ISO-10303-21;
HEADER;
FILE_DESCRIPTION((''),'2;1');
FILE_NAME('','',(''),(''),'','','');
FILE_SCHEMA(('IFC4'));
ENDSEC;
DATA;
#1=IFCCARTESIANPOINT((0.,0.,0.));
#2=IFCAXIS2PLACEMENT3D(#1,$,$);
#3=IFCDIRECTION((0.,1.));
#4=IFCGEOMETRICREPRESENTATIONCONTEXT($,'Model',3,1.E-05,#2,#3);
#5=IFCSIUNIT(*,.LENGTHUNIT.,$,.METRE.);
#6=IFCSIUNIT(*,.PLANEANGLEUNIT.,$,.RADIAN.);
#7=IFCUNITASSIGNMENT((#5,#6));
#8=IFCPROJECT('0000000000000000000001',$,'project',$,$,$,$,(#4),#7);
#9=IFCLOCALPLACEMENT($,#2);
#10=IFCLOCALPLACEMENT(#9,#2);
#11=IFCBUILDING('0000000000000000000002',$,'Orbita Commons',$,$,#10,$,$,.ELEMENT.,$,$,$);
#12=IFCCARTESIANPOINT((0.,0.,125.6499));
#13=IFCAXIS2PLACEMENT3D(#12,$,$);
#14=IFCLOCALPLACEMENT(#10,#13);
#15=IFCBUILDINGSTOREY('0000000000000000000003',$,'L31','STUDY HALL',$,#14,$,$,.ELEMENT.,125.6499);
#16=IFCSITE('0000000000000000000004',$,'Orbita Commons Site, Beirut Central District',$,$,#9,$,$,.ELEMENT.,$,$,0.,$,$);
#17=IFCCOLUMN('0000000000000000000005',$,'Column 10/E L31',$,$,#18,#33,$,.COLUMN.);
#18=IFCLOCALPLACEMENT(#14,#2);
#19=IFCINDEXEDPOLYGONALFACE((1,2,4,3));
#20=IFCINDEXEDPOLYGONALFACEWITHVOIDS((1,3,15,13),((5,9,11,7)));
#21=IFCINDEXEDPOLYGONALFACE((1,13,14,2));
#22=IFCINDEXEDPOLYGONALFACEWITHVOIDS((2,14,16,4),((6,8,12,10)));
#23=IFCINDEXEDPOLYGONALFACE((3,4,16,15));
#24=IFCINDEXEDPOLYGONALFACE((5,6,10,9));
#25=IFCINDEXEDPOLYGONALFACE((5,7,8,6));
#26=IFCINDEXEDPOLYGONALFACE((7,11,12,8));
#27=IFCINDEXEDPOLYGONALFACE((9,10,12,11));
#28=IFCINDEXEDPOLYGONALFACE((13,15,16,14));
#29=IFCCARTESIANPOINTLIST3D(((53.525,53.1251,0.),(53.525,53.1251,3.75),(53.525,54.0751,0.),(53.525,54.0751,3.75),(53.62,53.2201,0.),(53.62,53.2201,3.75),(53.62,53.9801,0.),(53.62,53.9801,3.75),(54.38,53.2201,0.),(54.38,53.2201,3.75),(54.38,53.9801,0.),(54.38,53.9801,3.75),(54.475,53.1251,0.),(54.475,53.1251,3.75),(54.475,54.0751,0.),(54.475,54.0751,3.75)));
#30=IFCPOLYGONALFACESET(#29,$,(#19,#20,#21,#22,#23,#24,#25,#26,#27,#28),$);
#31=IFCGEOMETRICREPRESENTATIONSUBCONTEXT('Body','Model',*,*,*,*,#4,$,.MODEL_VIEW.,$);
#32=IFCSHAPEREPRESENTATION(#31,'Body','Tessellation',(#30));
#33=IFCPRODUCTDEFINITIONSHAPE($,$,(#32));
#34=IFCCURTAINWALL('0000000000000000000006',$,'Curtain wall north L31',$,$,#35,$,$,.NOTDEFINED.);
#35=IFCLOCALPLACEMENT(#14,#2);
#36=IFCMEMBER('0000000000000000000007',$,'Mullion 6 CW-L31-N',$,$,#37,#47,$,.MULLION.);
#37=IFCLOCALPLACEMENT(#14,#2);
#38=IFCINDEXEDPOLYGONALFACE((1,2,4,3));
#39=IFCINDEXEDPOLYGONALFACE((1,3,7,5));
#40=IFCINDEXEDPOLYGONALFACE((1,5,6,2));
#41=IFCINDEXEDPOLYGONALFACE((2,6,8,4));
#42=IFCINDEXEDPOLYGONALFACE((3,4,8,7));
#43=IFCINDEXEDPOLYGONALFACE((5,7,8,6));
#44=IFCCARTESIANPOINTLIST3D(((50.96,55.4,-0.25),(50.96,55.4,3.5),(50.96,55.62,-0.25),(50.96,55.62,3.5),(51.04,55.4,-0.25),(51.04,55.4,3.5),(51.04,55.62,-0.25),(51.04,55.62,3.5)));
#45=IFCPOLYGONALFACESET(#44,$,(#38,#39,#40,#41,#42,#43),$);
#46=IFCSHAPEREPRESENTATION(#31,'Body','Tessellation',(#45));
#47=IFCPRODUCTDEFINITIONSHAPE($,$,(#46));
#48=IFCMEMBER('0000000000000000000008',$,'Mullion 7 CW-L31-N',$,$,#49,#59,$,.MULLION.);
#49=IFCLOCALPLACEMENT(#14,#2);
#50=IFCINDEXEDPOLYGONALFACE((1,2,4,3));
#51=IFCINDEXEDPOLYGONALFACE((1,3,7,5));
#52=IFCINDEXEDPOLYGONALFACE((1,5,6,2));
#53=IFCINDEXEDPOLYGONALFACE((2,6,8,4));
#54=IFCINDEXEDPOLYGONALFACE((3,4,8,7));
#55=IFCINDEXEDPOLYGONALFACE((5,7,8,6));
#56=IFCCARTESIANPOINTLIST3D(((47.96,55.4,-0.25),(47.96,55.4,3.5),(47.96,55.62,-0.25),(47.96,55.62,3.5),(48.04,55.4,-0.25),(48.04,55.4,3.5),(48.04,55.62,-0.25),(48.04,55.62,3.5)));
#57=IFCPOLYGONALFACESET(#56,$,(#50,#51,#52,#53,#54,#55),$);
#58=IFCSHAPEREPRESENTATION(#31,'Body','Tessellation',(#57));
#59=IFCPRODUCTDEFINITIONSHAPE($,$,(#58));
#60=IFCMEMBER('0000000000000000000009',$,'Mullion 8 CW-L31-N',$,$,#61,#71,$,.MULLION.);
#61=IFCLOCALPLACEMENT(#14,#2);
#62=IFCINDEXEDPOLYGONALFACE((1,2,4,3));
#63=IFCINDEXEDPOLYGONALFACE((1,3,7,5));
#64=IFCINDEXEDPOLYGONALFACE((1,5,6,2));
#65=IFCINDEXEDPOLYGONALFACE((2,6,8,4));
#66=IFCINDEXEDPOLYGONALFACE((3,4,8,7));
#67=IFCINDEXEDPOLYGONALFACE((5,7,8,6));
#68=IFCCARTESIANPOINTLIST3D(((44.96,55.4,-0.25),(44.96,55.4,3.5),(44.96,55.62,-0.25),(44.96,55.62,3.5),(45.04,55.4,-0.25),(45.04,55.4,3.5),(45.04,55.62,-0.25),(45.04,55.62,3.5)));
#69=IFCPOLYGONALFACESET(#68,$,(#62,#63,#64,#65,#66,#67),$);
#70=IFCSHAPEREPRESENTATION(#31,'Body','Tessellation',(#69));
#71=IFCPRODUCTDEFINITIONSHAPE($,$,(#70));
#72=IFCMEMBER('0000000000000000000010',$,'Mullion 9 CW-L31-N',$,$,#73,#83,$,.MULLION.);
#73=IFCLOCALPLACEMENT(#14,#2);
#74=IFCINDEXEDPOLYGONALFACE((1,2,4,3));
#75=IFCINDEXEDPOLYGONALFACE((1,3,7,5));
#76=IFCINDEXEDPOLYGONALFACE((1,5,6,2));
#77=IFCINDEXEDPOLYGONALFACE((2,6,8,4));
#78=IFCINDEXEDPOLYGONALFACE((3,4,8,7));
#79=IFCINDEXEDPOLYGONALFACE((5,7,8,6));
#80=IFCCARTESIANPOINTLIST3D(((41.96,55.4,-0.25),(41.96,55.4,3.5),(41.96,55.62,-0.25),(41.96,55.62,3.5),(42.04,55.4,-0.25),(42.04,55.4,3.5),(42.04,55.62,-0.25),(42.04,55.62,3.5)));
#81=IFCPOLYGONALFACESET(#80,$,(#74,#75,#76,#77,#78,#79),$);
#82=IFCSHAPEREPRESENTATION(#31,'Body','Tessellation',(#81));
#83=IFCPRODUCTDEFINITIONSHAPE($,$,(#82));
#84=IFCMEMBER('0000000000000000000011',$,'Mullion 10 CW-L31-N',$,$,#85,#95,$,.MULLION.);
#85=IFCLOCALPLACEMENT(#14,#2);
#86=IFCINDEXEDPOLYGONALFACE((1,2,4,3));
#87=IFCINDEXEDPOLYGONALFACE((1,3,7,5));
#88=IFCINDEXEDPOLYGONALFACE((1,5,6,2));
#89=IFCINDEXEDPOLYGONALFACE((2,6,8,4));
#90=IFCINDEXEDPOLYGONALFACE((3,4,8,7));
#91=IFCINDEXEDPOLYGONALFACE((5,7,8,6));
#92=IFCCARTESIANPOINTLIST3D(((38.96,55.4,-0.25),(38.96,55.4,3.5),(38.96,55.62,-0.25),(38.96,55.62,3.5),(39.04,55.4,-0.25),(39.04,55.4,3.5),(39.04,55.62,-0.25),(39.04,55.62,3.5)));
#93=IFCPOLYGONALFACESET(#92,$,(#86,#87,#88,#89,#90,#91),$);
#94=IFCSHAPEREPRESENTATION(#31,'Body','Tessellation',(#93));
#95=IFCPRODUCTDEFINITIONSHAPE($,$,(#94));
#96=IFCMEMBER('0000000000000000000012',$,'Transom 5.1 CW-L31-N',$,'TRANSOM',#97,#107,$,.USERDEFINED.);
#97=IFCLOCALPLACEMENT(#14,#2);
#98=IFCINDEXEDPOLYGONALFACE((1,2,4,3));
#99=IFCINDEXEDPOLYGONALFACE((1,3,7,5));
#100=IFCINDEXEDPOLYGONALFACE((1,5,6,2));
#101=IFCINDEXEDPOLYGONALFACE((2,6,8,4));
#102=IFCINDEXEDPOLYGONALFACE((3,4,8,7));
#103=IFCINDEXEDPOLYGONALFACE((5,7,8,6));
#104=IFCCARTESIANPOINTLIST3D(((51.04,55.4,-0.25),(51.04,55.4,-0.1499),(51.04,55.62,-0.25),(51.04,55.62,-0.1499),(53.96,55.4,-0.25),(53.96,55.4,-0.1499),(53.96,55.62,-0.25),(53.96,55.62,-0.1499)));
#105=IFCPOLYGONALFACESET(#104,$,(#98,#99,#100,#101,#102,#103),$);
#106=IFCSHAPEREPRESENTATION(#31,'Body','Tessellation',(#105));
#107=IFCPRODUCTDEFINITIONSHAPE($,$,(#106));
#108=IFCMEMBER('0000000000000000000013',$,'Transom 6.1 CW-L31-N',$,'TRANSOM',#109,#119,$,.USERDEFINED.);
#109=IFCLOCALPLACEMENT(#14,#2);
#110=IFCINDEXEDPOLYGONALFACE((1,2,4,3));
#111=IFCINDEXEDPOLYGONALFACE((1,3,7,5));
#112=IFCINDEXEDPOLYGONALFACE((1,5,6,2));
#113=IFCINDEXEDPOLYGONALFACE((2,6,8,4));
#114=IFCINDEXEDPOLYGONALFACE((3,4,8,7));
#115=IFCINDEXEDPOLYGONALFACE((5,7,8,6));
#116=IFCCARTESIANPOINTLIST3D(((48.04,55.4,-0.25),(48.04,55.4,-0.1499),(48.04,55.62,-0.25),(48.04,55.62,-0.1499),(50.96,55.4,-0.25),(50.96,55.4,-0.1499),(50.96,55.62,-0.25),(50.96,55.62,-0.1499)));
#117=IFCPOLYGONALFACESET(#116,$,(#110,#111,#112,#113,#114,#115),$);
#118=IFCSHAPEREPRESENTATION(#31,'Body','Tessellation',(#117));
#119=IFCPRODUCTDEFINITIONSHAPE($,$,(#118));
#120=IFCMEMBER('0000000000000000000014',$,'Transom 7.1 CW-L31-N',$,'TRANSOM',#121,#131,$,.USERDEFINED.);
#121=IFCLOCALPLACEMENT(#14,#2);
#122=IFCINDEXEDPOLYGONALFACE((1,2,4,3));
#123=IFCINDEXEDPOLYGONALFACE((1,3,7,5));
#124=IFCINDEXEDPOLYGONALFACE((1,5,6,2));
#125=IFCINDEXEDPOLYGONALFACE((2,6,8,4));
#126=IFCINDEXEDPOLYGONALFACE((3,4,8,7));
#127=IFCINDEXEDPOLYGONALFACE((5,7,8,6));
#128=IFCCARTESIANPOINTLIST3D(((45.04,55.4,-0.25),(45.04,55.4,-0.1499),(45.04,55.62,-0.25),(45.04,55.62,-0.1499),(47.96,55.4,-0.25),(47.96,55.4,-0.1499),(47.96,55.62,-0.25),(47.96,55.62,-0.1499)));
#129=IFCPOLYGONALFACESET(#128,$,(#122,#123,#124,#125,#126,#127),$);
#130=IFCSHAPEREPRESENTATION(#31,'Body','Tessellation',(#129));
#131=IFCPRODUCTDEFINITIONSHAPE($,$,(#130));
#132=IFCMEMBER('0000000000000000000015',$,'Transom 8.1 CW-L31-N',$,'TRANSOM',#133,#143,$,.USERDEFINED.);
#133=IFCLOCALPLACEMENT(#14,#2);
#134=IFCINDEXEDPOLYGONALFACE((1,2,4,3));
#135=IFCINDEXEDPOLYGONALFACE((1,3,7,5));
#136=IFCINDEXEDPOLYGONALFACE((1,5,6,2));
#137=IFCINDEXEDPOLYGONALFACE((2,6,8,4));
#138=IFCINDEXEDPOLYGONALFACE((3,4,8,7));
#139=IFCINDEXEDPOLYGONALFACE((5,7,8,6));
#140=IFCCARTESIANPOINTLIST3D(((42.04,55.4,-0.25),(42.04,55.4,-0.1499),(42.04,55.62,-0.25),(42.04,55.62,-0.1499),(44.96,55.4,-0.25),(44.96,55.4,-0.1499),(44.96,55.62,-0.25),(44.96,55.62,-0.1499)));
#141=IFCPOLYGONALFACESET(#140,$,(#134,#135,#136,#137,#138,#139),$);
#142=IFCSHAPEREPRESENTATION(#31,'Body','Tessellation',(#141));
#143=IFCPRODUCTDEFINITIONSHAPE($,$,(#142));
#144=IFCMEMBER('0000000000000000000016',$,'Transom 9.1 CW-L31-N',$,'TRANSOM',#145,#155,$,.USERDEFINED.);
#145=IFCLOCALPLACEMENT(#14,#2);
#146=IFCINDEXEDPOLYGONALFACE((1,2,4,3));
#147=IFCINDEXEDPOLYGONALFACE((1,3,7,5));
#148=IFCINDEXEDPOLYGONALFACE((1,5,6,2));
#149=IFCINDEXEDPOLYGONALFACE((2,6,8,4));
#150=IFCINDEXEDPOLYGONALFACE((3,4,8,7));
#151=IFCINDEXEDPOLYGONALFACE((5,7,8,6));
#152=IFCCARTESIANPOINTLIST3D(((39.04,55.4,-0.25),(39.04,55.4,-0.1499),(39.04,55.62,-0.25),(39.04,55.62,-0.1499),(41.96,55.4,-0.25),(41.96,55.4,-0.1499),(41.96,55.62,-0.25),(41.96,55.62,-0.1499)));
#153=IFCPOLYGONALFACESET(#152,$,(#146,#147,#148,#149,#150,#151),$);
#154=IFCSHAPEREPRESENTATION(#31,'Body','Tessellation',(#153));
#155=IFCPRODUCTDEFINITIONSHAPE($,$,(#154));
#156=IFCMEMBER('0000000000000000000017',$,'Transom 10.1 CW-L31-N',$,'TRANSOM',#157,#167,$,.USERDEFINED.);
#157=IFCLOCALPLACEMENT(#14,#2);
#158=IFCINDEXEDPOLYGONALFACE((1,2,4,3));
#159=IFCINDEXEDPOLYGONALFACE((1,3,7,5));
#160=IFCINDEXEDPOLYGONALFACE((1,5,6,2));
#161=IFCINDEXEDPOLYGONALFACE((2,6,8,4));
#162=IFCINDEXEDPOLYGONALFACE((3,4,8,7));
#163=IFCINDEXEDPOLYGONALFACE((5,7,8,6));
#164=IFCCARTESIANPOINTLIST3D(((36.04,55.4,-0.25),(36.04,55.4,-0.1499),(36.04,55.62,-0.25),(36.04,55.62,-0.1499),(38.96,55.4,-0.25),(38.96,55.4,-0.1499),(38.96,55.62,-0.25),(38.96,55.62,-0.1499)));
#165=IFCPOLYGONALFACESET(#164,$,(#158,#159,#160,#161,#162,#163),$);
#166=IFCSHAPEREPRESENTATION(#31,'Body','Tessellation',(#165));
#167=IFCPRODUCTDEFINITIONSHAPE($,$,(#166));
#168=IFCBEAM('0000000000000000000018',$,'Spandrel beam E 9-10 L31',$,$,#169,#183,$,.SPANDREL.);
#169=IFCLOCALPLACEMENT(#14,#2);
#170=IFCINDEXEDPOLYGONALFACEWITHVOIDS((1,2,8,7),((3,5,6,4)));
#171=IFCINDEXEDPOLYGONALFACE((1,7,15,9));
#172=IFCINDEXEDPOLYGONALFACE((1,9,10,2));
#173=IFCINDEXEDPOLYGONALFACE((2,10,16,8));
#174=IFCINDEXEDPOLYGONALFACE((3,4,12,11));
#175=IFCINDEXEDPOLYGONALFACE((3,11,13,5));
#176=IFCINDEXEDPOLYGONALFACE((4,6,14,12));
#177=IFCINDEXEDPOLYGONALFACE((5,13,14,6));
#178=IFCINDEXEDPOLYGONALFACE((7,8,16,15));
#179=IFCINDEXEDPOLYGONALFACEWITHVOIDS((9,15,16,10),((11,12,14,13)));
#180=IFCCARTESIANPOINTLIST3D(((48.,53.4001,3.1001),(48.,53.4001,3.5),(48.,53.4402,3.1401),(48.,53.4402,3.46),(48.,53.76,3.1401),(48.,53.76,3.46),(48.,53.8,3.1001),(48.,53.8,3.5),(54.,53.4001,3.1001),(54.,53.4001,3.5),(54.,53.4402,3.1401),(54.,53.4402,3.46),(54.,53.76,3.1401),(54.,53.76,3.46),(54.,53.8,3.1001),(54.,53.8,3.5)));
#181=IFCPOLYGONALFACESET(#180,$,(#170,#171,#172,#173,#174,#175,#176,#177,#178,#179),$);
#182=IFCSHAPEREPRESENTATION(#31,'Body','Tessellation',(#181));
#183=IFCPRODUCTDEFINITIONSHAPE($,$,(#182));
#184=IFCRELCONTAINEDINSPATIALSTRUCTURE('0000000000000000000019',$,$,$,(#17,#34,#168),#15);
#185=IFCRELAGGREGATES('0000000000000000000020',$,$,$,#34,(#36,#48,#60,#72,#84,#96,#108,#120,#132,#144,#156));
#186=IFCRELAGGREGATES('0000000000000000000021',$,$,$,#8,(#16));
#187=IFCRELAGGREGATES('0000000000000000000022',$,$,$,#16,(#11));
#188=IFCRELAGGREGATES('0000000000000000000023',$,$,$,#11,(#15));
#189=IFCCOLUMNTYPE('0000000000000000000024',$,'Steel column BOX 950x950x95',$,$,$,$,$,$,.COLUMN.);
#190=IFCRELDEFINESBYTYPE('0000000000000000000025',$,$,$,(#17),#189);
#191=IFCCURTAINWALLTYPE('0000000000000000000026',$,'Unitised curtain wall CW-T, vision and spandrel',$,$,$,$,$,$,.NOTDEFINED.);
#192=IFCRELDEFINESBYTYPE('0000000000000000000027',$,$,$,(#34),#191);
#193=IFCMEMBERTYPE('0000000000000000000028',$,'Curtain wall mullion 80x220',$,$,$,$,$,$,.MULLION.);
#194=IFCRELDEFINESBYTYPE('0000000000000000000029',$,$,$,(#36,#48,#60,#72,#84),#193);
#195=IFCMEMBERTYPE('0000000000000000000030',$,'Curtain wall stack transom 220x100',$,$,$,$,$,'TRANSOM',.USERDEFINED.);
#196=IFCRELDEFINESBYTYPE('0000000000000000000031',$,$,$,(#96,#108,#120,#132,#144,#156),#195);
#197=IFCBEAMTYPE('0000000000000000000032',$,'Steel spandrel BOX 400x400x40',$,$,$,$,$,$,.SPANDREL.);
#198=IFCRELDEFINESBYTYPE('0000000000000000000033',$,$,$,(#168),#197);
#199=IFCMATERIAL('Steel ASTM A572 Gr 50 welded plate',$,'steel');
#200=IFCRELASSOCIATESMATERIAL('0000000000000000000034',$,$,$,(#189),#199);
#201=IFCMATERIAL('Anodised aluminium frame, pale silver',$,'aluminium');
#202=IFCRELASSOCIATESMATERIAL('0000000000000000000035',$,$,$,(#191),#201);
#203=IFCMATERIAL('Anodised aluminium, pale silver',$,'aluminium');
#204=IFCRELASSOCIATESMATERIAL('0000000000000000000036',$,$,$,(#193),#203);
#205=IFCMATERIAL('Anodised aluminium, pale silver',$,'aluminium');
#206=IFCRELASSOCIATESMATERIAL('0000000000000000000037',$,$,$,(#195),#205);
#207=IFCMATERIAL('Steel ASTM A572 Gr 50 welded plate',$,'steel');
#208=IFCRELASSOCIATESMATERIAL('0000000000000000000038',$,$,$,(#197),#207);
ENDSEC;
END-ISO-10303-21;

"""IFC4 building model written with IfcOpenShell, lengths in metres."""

from ifc_helpers import new_model, si_unit, direction, frame, origin, origin_2d, place, context, subcontext, project, spatial, rectangle, hollow_rectangle, extrude, material, material_profile, profile_set, type_object, element, aggregate, save


model = new_model("IFC4")

# Units and contexts
model_context = context("Model", 3, precision=1e-05, world=origin(), true_north=direction((0.0, 1.0)))
body_context = subcontext(model_context, "Body", "Model", "MODEL_VIEW")
ifc_project = project(units=[si_unit("LENGTHUNIT", "METRE"), si_unit("PLANEANGLEUNIT", "RADIAN")], contexts=[model_context])

# Site, building, storey
site_placement = place(None, origin())
site = spatial("IfcSite", under=ifc_project, at=site_placement, Name="Orbita Commons Site, Beirut Central District", CompositionType="ELEMENT", RefElevation=0.0)
building_placement = place(site_placement, origin())
building = spatial("IfcBuilding", under=site, at=building_placement, Name="Orbita Commons", CompositionType="ELEMENT")
storey_placement = place(building_placement, frame((0.0, 0.0, 125.6499)))
storey = spatial("IfcBuildingStorey", under=building, at=storey_placement, Name="L31", Description="STUDY HALL", CompositionType="ELEMENT", Elevation=125.6499)

# Column
ifc_material_1 = material(Name="Steel ASTM A572 Gr 50 welded plate", Category="steel")
ifc_material_profile_1 = material_profile(ifc_material_1, hollow_rectangle(XDim=0.95, YDim=0.95, WallThickness=0.095, at=origin_2d()), Name="BOX 950x950x95")
ifc_profile_set_1 = profile_set([ifc_material_profile_1], Name="Steel ASTM A572 Gr 50 welded plate")
column_type = type_object("IfcColumnType", Name="Steel column BOX 950x950x95", PredefinedType="COLUMN", material=ifc_profile_set_1)
column_placement = place(storey_placement, frame((54.0, 53.6001, 0.0), z_axis=(0.0, 0.0, 1.0), x_axis=(1.0, 0.0, 0.0)))
element("IfcColumn", 1, at=column_placement, inside=storey, type_object=column_type, Name="Column 10/E L31", PredefinedType="COLUMN", context=body_context, shape_type="SweptSolid", body=[
    extrude(hollow_rectangle(XDim=0.95, YDim=0.95, WallThickness=0.095, at=origin_2d()), origin(), (0.0, 0.0, 1.0), 3.75),
])

# Curtain wall, members
ifc_material_2 = material(Name="Anodised aluminium frame, pale silver", Category="aluminium")
curtain_wall_type = type_object("IfcCurtainWallType", Name="Unitised curtain wall CW-T, vision and spandrel", PredefinedType="NOTDEFINED", material=ifc_material_2)
curtain_wall_placement = place(storey_placement, origin())
curtain_wall = element("IfcCurtainWall", 2, at=curtain_wall_placement, inside=storey, type_object=curtain_wall_type, Name="Curtain wall north L31", PredefinedType="NOTDEFINED")
ifc_material_3 = material(Name="Anodised aluminium, pale silver", Category="aluminium")
ifc_material_profile_2 = material_profile(ifc_material_3, rectangle(XDim=0.0801, YDim=0.22, at=origin_2d()), Name="AL 80x220")
ifc_profile_set_2 = profile_set([ifc_material_profile_2], Name="Anodised aluminium, pale silver")
member_type_1 = type_object("IfcMemberType", Name="Curtain wall mullion 80x220", PredefinedType="MULLION", material=ifc_profile_set_2)
member_1_placement = place(storey_placement, frame((51.0, 55.51, -0.25), z_axis=(0.0, 0.0, 1.0), x_axis=(-1.0, 0.0, 0.0)))
member_1 = element("IfcMember", 3, at=member_1_placement, type_object=member_type_1, Name="Mullion 6 CW-L31-N", PredefinedType="MULLION", context=body_context, shape_type="SweptSolid", body=[
    extrude(rectangle(XDim=0.0801, YDim=0.22, at=origin_2d()), origin(), (0.0, 0.0, 1.0), 3.75),
])
member_2_placement = place(storey_placement, frame((48.0, 55.51, -0.25), z_axis=(0.0, 0.0, 1.0), x_axis=(-1.0, 0.0, 0.0)))
member_2 = element("IfcMember", 4, at=member_2_placement, type_object=member_type_1, Name="Mullion 7 CW-L31-N", PredefinedType="MULLION", context=body_context, shape_type="SweptSolid", body=[
    extrude(rectangle(XDim=0.0801, YDim=0.22, at=origin_2d()), origin(), (0.0, 0.0, 1.0), 3.75),
])
member_3_placement = place(storey_placement, frame((45.0, 55.51, -0.25), z_axis=(0.0, 0.0, 1.0), x_axis=(-1.0, 0.0, 0.0)))
member_3 = element("IfcMember", 5, at=member_3_placement, type_object=member_type_1, Name="Mullion 8 CW-L31-N", PredefinedType="MULLION", context=body_context, shape_type="SweptSolid", body=[
    extrude(rectangle(XDim=0.0801, YDim=0.22, at=origin_2d()), origin(), (0.0, 0.0, 1.0), 3.75),
])
member_4_placement = place(storey_placement, frame((42.0, 55.51, -0.25), z_axis=(0.0, 0.0, 1.0), x_axis=(-1.0, 0.0, 0.0)))
member_4 = element("IfcMember", 6, at=member_4_placement, type_object=member_type_1, Name="Mullion 9 CW-L31-N", PredefinedType="MULLION", context=body_context, shape_type="SweptSolid", body=[
    extrude(rectangle(XDim=0.0801, YDim=0.22, at=origin_2d()), origin(), (0.0, 0.0, 1.0), 3.75),
])
member_5_placement = place(storey_placement, frame((39.0, 55.51, -0.25), z_axis=(0.0, 0.0, 1.0), x_axis=(-1.0, 0.0, 0.0)))
member_5 = element("IfcMember", 7, at=member_5_placement, type_object=member_type_1, Name="Mullion 10 CW-L31-N", PredefinedType="MULLION", context=body_context, shape_type="SweptSolid", body=[
    extrude(rectangle(XDim=0.0801, YDim=0.22, at=origin_2d()), origin(), (0.0, 0.0, 1.0), 3.75),
])
ifc_material_4 = material(Name="Anodised aluminium, pale silver", Category="aluminium")
ifc_material_profile_3 = material_profile(ifc_material_4, rectangle(XDim=0.22, YDim=0.1001, at=origin_2d()), Name="AL 220x100")
ifc_profile_set_3 = profile_set([ifc_material_profile_3], Name="Anodised aluminium, pale silver")
member_type_2 = type_object("IfcMemberType", Name="Curtain wall stack transom 220x100", ElementType="TRANSOM", PredefinedType="USERDEFINED", material=ifc_profile_set_3)
member_6_placement = place(storey_placement, frame((53.96, 55.51, -0.2), z_axis=(-1.0, 0.0, 0.0), x_axis=(0.0, -1.0, 0.0)))
member_6 = element("IfcMember", 8, at=member_6_placement, type_object=member_type_2, Name="Transom 5.1 CW-L31-N", ObjectType="TRANSOM", PredefinedType="USERDEFINED", context=body_context, shape_type="SweptSolid", body=[
    extrude(rectangle(XDim=0.22, YDim=0.1001, at=origin_2d()), origin(), (0.0, 0.0, 1.0), 2.9199),
])
member_7_placement = place(storey_placement, frame((50.96, 55.51, -0.2), z_axis=(-1.0, 0.0, 0.0), x_axis=(0.0, -1.0, 0.0)))
member_7 = element("IfcMember", 9, at=member_7_placement, type_object=member_type_2, Name="Transom 6.1 CW-L31-N", ObjectType="TRANSOM", PredefinedType="USERDEFINED", context=body_context, shape_type="SweptSolid", body=[
    extrude(rectangle(XDim=0.22, YDim=0.1001, at=origin_2d()), origin(), (0.0, 0.0, 1.0), 2.9199),
])
member_8_placement = place(storey_placement, frame((47.96, 55.51, -0.2), z_axis=(-1.0, 0.0, 0.0), x_axis=(0.0, -1.0, 0.0)))
member_8 = element("IfcMember", 10, at=member_8_placement, type_object=member_type_2, Name="Transom 7.1 CW-L31-N", ObjectType="TRANSOM", PredefinedType="USERDEFINED", context=body_context, shape_type="SweptSolid", body=[
    extrude(rectangle(XDim=0.22, YDim=0.1001, at=origin_2d()), origin(), (0.0, 0.0, 1.0), 2.9199),
])
member_9_placement = place(storey_placement, frame((44.96, 55.51, -0.2), z_axis=(-1.0, 0.0, 0.0), x_axis=(0.0, -1.0, 0.0)))
member_9 = element("IfcMember", 11, at=member_9_placement, type_object=member_type_2, Name="Transom 8.1 CW-L31-N", ObjectType="TRANSOM", PredefinedType="USERDEFINED", context=body_context, shape_type="SweptSolid", body=[
    extrude(rectangle(XDim=0.22, YDim=0.1001, at=origin_2d()), origin(), (0.0, 0.0, 1.0), 2.9199),
])
member_10_placement = place(storey_placement, frame((41.96, 55.51, -0.2), z_axis=(-1.0, 0.0, 0.0), x_axis=(0.0, -1.0, 0.0)))
member_10 = element("IfcMember", 12, at=member_10_placement, type_object=member_type_2, Name="Transom 9.1 CW-L31-N", ObjectType="TRANSOM", PredefinedType="USERDEFINED", context=body_context, shape_type="SweptSolid", body=[
    extrude(rectangle(XDim=0.22, YDim=0.1001, at=origin_2d()), origin(), (0.0, 0.0, 1.0), 2.9199),
])
member_11_placement = place(storey_placement, frame((38.96, 55.51, -0.2), z_axis=(-1.0, 0.0, 0.0), x_axis=(0.0, -1.0, 0.0)))
member_11 = element("IfcMember", 13, at=member_11_placement, type_object=member_type_2, Name="Transom 10.1 CW-L31-N", ObjectType="TRANSOM", PredefinedType="USERDEFINED", context=body_context, shape_type="SweptSolid", body=[
    extrude(rectangle(XDim=0.22, YDim=0.1001, at=origin_2d()), origin(), (0.0, 0.0, 1.0), 2.9199),
])

# Beam
ifc_material_5 = material(Name="Steel ASTM A572 Gr 50 welded plate", Category="steel")
ifc_material_profile_4 = material_profile(ifc_material_5, hollow_rectangle(XDim=0.3999, YDim=0.3999, WallThickness=0.04, at=origin_2d()), Name="BOX 400x400x40")
ifc_profile_set_4 = profile_set([ifc_material_profile_4], Name="Steel ASTM A572 Gr 50 welded plate")
beam_type = type_object("IfcBeamType", Name="Steel spandrel BOX 400x400x40", PredefinedType="SPANDREL", material=ifc_profile_set_4)
for number, where, z_axis, x_axis, name in (
    (14, (48.0, 53.6001, 3.3), (1.0, 0.0, 0.0), (0.0, 1.0, 0.0), "Spandrel beam E 9-10 L31"),
):
    element("IfcBeam", number, at=place(storey_placement, frame(where, z_axis=z_axis, x_axis=x_axis)), inside=storey, type_object=beam_type, Name=name, PredefinedType="SPANDREL", context=body_context, shape_type="SweptSolid", body=[
        extrude(hollow_rectangle(XDim=0.3999, YDim=0.3999, WallThickness=0.04, at=origin_2d()), origin(), (0.0, 0.0, 1.0), 6.0),
    ])

aggregate(curtain_wall, [member_1, member_2, member_3, member_4, member_5, member_6, member_7, member_8, member_9, member_10, member_11])

save(model, "model.ifc")
